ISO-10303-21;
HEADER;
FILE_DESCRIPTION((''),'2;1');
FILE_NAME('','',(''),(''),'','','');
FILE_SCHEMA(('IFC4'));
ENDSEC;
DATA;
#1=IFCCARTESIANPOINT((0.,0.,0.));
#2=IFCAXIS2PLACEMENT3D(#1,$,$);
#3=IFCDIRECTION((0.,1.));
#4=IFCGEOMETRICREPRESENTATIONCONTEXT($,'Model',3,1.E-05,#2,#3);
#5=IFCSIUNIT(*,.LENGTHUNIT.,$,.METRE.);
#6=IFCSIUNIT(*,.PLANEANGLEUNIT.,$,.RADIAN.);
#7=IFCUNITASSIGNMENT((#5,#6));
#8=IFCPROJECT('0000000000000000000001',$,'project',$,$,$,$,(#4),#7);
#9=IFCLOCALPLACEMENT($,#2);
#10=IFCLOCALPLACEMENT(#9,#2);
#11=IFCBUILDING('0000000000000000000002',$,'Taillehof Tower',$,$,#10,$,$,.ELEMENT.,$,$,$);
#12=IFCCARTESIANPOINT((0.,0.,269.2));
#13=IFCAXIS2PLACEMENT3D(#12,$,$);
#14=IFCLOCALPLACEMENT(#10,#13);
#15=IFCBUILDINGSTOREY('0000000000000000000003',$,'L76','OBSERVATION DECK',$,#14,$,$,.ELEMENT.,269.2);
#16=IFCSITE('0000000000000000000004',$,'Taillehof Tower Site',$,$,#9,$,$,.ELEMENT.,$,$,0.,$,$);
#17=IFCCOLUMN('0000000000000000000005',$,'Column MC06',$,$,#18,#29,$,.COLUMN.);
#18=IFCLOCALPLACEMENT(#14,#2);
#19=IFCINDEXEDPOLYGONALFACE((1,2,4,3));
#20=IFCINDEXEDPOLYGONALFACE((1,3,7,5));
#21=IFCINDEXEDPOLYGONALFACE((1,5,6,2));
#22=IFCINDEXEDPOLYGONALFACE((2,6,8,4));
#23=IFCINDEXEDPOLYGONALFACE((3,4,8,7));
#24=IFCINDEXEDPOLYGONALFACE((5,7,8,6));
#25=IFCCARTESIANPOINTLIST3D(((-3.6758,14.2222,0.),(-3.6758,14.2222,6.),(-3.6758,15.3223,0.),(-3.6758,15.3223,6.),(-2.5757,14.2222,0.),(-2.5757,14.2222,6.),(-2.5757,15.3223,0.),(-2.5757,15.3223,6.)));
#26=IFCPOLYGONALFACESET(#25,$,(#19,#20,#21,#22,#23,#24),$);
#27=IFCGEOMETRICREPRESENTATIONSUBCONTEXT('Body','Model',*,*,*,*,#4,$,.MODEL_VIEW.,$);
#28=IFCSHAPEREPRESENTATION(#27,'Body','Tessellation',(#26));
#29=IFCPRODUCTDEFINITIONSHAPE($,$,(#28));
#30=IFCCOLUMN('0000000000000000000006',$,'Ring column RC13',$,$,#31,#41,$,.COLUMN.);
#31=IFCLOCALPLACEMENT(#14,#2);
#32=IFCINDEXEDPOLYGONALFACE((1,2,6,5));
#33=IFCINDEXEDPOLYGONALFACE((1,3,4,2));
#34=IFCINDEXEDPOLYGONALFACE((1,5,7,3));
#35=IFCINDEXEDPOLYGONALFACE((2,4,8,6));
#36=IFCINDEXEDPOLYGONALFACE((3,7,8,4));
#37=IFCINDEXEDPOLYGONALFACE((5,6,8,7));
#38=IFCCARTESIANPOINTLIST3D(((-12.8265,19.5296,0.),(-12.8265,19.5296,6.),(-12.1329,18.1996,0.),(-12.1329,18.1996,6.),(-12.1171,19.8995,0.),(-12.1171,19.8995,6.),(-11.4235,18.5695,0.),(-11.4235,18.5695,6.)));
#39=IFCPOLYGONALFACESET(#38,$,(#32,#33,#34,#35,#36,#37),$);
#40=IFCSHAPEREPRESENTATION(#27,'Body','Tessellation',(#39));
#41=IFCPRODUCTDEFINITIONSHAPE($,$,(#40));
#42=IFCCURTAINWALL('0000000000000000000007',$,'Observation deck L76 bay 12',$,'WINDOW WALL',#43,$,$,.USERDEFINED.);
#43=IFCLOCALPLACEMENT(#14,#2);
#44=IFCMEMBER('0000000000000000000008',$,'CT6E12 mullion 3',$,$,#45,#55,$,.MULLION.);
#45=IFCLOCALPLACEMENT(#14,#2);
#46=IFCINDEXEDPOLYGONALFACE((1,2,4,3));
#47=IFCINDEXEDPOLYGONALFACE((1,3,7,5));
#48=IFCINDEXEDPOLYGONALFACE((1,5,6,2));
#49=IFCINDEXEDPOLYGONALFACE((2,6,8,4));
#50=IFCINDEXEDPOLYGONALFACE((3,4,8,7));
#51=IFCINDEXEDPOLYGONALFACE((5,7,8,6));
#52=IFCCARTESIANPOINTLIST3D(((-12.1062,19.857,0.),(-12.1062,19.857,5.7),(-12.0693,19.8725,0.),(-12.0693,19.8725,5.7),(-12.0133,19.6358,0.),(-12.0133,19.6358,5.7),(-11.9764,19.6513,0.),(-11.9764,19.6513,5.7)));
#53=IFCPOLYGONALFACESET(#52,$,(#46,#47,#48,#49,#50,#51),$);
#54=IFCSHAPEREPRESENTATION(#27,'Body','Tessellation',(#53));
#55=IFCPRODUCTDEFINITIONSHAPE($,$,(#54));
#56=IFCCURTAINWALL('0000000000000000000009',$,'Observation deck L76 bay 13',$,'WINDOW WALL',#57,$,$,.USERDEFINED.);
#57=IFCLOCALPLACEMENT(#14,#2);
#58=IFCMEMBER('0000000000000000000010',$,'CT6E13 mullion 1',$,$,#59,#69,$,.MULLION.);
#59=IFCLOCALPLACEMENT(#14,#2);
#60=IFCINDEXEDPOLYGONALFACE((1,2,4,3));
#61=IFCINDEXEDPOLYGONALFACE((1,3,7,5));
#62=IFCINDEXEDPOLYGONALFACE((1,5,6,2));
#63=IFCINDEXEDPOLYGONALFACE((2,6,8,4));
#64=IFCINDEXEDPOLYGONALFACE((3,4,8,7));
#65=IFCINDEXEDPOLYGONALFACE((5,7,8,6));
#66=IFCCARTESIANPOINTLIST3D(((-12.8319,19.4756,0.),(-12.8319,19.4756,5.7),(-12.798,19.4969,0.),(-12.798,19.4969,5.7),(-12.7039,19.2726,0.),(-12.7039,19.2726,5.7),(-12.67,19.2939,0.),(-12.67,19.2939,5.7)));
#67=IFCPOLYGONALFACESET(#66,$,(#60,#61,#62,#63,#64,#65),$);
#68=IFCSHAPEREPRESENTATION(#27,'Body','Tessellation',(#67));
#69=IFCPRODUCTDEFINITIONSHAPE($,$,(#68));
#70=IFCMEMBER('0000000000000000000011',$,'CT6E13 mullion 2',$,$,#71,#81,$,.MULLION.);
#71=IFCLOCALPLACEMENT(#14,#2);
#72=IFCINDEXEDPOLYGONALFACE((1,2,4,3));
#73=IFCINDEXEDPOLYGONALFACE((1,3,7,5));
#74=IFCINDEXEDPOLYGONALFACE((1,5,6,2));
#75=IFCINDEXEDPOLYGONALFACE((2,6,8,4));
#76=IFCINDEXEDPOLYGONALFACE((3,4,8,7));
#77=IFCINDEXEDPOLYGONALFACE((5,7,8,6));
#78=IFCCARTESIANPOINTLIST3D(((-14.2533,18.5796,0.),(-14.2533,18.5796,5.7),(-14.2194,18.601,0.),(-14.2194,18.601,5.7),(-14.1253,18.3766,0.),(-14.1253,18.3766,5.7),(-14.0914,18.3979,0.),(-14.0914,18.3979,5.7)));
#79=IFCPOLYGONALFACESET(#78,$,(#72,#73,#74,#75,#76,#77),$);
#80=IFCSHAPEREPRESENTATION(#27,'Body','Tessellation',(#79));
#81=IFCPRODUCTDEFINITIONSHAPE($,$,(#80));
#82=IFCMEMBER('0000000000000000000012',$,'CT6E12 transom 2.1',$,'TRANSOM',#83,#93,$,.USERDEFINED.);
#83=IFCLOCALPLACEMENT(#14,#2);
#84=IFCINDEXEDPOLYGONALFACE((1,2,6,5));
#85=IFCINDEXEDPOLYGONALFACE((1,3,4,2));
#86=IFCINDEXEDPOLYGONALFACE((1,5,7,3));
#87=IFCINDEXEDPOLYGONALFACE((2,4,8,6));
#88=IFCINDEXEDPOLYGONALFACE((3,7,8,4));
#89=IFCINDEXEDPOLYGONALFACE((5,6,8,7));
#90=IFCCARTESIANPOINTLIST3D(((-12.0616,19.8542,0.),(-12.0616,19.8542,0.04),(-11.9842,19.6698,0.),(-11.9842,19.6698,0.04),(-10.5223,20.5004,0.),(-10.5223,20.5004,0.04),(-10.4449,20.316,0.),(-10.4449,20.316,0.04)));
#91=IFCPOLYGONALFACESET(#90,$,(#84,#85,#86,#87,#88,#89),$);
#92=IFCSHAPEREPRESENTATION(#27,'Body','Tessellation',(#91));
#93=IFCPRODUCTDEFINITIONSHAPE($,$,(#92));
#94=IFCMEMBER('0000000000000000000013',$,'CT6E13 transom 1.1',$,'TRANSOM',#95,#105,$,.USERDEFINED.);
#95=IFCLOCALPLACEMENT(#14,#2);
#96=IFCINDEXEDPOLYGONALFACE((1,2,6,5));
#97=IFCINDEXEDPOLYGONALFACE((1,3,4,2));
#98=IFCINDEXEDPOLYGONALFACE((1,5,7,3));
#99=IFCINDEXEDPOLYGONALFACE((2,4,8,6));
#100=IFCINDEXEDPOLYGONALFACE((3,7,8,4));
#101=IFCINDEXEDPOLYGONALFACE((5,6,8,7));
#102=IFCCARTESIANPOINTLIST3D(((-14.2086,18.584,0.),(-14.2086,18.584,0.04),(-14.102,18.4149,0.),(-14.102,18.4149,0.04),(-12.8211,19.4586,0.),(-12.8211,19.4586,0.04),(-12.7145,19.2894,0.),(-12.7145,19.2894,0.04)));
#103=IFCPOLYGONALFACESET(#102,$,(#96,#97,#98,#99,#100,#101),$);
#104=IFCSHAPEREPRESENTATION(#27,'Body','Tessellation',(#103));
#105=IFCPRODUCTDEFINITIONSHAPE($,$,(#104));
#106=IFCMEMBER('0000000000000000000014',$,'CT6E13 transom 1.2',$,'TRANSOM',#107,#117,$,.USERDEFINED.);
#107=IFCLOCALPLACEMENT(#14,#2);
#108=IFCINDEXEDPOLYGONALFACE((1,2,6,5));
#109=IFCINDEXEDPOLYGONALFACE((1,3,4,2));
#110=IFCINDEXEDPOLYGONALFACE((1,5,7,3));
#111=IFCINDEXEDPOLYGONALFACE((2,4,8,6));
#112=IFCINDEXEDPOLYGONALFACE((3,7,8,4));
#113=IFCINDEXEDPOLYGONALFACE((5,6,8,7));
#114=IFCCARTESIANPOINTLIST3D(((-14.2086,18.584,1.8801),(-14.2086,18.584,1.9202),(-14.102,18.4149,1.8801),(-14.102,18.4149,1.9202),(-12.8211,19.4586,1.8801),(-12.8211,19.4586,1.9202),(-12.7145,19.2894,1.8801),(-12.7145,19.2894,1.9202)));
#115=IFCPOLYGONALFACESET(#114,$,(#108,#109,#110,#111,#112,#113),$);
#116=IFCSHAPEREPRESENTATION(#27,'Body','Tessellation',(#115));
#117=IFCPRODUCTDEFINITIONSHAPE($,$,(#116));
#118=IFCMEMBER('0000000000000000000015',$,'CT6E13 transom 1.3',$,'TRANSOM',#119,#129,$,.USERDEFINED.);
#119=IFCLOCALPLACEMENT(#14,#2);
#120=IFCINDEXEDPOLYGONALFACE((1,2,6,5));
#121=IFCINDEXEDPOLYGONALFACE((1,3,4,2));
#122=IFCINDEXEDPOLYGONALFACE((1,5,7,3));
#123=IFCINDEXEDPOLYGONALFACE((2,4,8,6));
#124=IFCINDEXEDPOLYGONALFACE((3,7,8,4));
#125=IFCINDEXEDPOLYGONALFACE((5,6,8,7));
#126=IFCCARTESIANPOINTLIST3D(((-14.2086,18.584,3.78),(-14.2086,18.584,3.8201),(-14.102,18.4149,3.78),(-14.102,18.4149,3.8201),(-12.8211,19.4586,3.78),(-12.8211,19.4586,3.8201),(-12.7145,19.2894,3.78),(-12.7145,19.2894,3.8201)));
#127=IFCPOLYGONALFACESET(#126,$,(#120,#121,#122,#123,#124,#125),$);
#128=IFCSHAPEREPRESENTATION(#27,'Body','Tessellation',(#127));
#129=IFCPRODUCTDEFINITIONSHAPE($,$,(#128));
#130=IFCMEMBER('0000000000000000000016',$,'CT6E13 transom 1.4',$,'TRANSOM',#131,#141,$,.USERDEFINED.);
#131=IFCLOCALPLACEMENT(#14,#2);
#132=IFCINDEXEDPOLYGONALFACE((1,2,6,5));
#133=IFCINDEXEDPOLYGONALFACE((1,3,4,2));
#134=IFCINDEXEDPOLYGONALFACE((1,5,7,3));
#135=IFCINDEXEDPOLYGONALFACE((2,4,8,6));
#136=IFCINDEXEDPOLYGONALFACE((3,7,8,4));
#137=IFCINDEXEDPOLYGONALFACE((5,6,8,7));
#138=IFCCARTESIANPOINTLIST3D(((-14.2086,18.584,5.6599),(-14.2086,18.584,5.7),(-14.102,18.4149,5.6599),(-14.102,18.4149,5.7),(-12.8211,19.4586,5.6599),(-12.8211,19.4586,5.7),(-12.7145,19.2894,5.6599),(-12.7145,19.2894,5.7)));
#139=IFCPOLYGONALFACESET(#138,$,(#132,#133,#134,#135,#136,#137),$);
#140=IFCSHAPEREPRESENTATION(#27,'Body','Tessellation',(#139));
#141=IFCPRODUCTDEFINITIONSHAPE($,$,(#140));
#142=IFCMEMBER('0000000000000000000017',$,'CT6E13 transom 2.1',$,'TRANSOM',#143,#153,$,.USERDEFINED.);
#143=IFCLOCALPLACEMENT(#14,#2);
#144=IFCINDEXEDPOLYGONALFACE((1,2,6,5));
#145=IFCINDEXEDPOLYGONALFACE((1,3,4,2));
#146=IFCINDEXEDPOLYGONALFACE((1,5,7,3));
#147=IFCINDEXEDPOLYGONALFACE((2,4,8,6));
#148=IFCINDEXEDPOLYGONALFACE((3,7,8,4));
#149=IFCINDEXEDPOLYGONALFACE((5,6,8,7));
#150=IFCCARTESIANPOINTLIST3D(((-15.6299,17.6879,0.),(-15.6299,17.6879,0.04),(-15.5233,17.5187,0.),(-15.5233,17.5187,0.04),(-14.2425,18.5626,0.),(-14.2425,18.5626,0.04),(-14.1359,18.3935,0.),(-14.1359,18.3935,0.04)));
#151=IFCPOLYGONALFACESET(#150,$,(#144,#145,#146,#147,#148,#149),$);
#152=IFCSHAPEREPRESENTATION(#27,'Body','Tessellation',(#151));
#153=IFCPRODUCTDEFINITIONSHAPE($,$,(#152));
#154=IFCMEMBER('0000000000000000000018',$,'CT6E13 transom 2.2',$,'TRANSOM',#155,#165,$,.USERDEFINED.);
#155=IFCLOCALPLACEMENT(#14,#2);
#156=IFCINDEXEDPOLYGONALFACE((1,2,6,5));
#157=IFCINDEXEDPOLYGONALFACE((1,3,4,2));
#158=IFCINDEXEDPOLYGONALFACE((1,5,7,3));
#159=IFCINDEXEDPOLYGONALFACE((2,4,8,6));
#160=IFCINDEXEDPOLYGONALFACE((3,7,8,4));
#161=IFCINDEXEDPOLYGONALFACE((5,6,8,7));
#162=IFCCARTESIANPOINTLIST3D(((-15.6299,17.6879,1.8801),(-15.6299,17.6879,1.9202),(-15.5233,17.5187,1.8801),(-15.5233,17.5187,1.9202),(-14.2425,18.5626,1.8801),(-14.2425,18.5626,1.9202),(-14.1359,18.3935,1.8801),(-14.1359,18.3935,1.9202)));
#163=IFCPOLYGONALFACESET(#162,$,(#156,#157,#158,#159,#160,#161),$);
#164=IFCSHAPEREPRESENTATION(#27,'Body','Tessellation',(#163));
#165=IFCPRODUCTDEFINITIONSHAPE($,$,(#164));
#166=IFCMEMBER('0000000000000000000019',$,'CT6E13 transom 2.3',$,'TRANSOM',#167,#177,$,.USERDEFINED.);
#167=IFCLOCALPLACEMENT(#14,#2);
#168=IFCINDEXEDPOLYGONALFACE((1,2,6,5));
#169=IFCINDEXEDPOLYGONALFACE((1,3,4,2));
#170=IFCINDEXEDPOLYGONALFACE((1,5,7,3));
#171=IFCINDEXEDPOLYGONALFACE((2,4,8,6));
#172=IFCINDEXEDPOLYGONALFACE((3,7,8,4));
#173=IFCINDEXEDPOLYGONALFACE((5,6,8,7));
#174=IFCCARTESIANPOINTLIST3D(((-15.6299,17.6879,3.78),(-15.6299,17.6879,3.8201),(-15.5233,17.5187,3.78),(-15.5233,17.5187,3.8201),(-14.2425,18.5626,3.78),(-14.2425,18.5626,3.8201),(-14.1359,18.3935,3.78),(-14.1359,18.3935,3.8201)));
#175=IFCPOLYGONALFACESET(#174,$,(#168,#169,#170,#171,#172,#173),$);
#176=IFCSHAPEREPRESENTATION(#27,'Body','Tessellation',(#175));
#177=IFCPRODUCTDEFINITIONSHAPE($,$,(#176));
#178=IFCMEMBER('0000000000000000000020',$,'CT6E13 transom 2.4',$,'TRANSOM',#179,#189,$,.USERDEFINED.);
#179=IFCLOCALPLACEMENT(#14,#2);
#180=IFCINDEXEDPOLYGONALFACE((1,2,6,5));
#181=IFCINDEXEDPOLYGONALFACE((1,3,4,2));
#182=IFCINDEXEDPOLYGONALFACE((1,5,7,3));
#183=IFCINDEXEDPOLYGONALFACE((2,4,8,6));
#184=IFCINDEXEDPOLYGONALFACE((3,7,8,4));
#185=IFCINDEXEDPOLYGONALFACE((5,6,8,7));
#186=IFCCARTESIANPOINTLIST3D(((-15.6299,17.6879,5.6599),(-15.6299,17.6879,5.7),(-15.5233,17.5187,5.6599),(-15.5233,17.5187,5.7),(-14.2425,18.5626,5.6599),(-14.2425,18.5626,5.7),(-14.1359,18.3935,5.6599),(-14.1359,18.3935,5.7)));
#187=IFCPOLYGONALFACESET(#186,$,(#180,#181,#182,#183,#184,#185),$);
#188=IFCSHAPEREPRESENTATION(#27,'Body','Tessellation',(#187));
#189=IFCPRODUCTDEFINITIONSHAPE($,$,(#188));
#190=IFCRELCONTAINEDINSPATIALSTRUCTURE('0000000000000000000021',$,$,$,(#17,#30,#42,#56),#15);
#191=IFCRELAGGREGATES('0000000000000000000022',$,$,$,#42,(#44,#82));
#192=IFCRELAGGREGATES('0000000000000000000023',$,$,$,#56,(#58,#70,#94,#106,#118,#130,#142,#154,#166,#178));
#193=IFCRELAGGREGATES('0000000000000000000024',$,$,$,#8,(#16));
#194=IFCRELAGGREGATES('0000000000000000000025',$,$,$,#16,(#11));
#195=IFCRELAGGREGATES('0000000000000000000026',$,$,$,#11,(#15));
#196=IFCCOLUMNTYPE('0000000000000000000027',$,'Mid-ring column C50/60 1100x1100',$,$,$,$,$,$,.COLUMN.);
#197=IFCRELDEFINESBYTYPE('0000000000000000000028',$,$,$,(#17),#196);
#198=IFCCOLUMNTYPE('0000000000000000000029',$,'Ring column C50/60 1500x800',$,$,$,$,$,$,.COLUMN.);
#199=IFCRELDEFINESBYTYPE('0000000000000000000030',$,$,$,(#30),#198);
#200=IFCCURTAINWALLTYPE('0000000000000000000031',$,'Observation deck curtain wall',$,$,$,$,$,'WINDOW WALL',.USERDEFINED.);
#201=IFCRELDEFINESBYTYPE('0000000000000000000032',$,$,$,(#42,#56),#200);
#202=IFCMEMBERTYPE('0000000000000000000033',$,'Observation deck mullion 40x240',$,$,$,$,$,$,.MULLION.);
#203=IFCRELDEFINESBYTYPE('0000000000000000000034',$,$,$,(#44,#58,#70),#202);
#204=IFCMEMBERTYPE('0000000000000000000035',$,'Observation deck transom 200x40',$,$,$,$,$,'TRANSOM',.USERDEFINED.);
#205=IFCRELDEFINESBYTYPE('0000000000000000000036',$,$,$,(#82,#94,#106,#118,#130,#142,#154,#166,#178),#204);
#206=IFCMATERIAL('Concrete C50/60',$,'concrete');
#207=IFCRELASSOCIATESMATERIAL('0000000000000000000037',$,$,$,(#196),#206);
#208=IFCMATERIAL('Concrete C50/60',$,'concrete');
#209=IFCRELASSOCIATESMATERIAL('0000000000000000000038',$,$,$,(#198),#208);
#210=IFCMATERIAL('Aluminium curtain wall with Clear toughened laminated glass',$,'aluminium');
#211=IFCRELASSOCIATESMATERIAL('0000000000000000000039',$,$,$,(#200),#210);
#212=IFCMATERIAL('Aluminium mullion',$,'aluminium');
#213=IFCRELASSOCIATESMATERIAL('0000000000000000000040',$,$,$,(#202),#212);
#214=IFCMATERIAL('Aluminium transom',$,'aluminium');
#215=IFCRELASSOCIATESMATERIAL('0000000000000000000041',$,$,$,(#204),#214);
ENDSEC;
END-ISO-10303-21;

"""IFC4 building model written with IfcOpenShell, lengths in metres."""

from ifc_helpers import new_model, si_unit, direction, frame, origin, origin_2d, place, context, subcontext, project, spatial, rectangle, extrude, material, material_profile, profile_set, type_object, element, aggregate, save


model = new_model("IFC4")

# Units and contexts
model_context = context("Model", 3, precision=1e-05, world=origin(), true_north=direction((0.0, 1.0)))
body_context = subcontext(model_context, "Body", "Model", "MODEL_VIEW")
ifc_project = project(units=[si_unit("LENGTHUNIT", "METRE"), si_unit("PLANEANGLEUNIT", "RADIAN")], contexts=[model_context])

# Site, building, storey
site_placement = place(None, origin())
site = spatial("IfcSite", under=ifc_project, at=site_placement, Name="Taillehof Tower Site", CompositionType="ELEMENT", RefElevation=0.0)
building_placement = place(site_placement, origin())
building = spatial("IfcBuilding", under=site, at=building_placement, Name="Taillehof Tower", CompositionType="ELEMENT")
storey_placement = place(building_placement, frame((0.0, 0.0, 269.2)))
storey = spatial("IfcBuildingStorey", under=building, at=storey_placement, Name="L76", Description="OBSERVATION DECK", CompositionType="ELEMENT", Elevation=269.2)

# Columns
ifc_material_1 = material(Name="Concrete C50/60", Category="concrete")
ifc_material_profile_1 = material_profile(ifc_material_1, rectangle(XDim=1.1001, YDim=1.1001, at=origin_2d()), Name="RC 1100x1100")
ifc_profile_set_1 = profile_set([ifc_material_profile_1], Name="Concrete C50/60")
column_type_1 = type_object("IfcColumnType", Name="Mid-ring column C50/60 1100x1100", PredefinedType="COLUMN", material=ifc_profile_set_1)
column_1_placement = place(storey_placement, frame((-3.1257, 14.7722, 0.0), z_axis=(0.0, 0.0, 1.0), x_axis=(1.0, 0.0, 0.0)))
element("IfcColumn", 1, at=column_1_placement, inside=storey, type_object=column_type_1, Name="Column MC06", PredefinedType="COLUMN", context=body_context, shape_type="SweptSolid", body=[
    extrude(rectangle(XDim=1.1001, YDim=1.1001, at=origin_2d()), origin(), (0.0, 0.0, 1.0), 6.0),
])
ifc_material_2 = material(Name="Concrete C50/60", Category="concrete")
ifc_material_profile_2 = material_profile(ifc_material_2, rectangle(XDim=1.5, YDim=0.8, at=origin_2d()), Name="RC 1500x800")
ifc_profile_set_2 = profile_set([ifc_material_profile_2], Name="Concrete C50/60")
column_type_2 = type_object("IfcColumnType", Name="Ring column C50/60 1500x800", PredefinedType="COLUMN", material=ifc_profile_set_2)
column_2_placement = place(storey_placement, frame((-12.125, 19.0496, 0.0), z_axis=(0.0, 0.0, 1.0), x_axis=(-0.462384, 0.88668, 0.0)))
element("IfcColumn", 2, at=column_2_placement, inside=storey, type_object=column_type_2, Name="Ring column RC13", PredefinedType="COLUMN", context=body_context, shape_type="SweptSolid", body=[
    extrude(rectangle(XDim=1.5, YDim=0.8, at=origin_2d()), origin(), (0.0, 0.0, 1.0), 6.0),
])

# Curtain wall, member
ifc_material_3 = material(Name="Aluminium curtain wall with Clear toughened laminated glass", Category="aluminium")
curtain_wall_type = type_object("IfcCurtainWallType", Name="Observation deck curtain wall", ElementType="WINDOW WALL", PredefinedType="USERDEFINED", material=ifc_material_3)
curtain_wall_1_placement = place(storey_placement, origin())
curtain_wall_1 = element("IfcCurtainWall", 3, at=curtain_wall_1_placement, inside=storey, type_object=curtain_wall_type, Name="Observation deck L76 bay 12", ObjectType="WINDOW WALL", PredefinedType="USERDEFINED")
ifc_material_4 = material(Name="Aluminium mullion", Category="aluminium")
ifc_material_profile_3 = material_profile(ifc_material_4, rectangle(XDim=0.24, YDim=0.04, at=origin_2d()), Name="AL 40x240")
ifc_profile_set_3 = profile_set([ifc_material_profile_3], Name="Aluminium mullion")
member_type_1 = type_object("IfcMemberType", Name="Observation deck mullion 40x240", PredefinedType="MULLION", material=ifc_profile_set_3)
member_1_placement = place(storey_placement, frame((-12.0413, 19.7542, 0.0), z_axis=(0.0, 0.0, 1.0), x_axis=(0.387101, -0.922037, 0.0)))
member_1 = element("IfcMember", 4, at=member_1_placement, type_object=member_type_1, Name="CT6E12 mullion 3", PredefinedType="MULLION", context=body_context, shape_type="SweptSolid", body=[
    extrude(rectangle(XDim=0.24, YDim=0.04, at=origin_2d()), origin(), (0.0, 0.0, 1.0), 5.7),
])

# Curtain wall, members
curtain_wall_2_placement = place(storey_placement, origin())
curtain_wall_2 = element("IfcCurtainWall", 5, at=curtain_wall_2_placement, inside=storey, type_object=curtain_wall_type, Name="Observation deck L76 bay 13", ObjectType="WINDOW WALL", PredefinedType="USERDEFINED")
member_2_placement = place(storey_placement, frame((-12.751, 19.3848, 0.0), z_axis=(0.0, 0.0, 1.0), x_axis=(0.533294, -0.84593, 0.0)))
member_2 = element("IfcMember", 6, at=member_2_placement, type_object=member_type_1, Name="CT6E13 mullion 1", PredefinedType="MULLION", context=body_context, shape_type="SweptSolid", body=[
    extrude(rectangle(XDim=0.24, YDim=0.04, at=origin_2d()), origin(), (0.0, 0.0, 1.0), 5.7),
])
member_3_placement = place(storey_placement, frame((-14.1724, 18.4888, 0.0), z_axis=(0.0, 0.0, 1.0), x_axis=(0.533294, -0.84593, 0.0)))
member_3 = element("IfcMember", 7, at=member_3_placement, type_object=member_type_1, Name="CT6E13 mullion 2", PredefinedType="MULLION", context=body_context, shape_type="SweptSolid", body=[
    extrude(rectangle(XDim=0.24, YDim=0.04, at=origin_2d()), origin(), (0.0, 0.0, 1.0), 5.7),
])

# Members
ifc_material_5 = material(Name="Aluminium transom", Category="aluminium")
ifc_material_profile_4 = material_profile(ifc_material_5, rectangle(XDim=0.2, YDim=0.04, at=origin_2d()), Name="AL 200x40")
ifc_profile_set_4 = profile_set([ifc_material_profile_4], Name="Aluminium transom")
member_type_2 = type_object("IfcMemberType", Name="Observation deck transom 200x40", ElementType="TRANSOM", PredefinedType="USERDEFINED", material=ifc_profile_set_4)
member_4_placement = place(storey_placement, frame((-10.4836, 20.4082, 0.02), z_axis=(-0.92204, -0.387096, 0.0), x_axis=(0.387096, -0.92204, 0.0)))
member_4 = element("IfcMember", 8, at=member_4_placement, type_object=member_type_2, Name="CT6E12 transom 2.1", ObjectType="TRANSOM", PredefinedType="USERDEFINED", context=body_context, shape_type="SweptSolid", body=[
    extrude(rectangle(XDim=0.2, YDim=0.04, at=origin_2d()), origin(), (0.0, 0.0, 1.0), 1.6694),
])
member_5_placement = place(storey_placement, frame((-12.7678, 19.374, 0.02), z_axis=(-0.845977, -0.53322, 0.0), x_axis=(0.53322, -0.845977, 0.0)))
member_5 = element("IfcMember", 9, at=member_5_placement, type_object=member_type_2, Name="CT6E13 transom 1.1", ObjectType="TRANSOM", PredefinedType="USERDEFINED", context=body_context, shape_type="SweptSolid", body=[
    extrude(rectangle(XDim=0.2, YDim=0.04, at=origin_2d()), origin(), (0.0, 0.0, 1.0), 1.6401),
])
member_6_placement = place(storey_placement, frame((-12.7678, 19.374, 1.9001), z_axis=(-0.845977, -0.53322, 0.0), x_axis=(0.53322, -0.845977, 0.0)))
member_6 = element("IfcMember", 10, at=member_6_placement, type_object=member_type_2, Name="CT6E13 transom 1.2", ObjectType="TRANSOM", PredefinedType="USERDEFINED", context=body_context, shape_type="SweptSolid", body=[
    extrude(rectangle(XDim=0.2, YDim=0.04, at=origin_2d()), origin(), (0.0, 0.0, 1.0), 1.6401),
])
member_7_placement = place(storey_placement, frame((-12.7678, 19.374, 3.8), z_axis=(-0.845977, -0.53322, 0.0), x_axis=(0.53322, -0.845977, 0.0)))
member_7 = element("IfcMember", 11, at=member_7_placement, type_object=member_type_2, Name="CT6E13 transom 1.3", ObjectType="TRANSOM", PredefinedType="USERDEFINED", context=body_context, shape_type="SweptSolid", body=[
    extrude(rectangle(XDim=0.2, YDim=0.04, at=origin_2d()), origin(), (0.0, 0.0, 1.0), 1.6401),
])
member_8_placement = place(storey_placement, frame((-12.7678, 19.374, 5.6799), z_axis=(-0.845977, -0.53322, 0.0), x_axis=(0.53322, -0.845977, 0.0)))
member_8 = element("IfcMember", 12, at=member_8_placement, type_object=member_type_2, Name="CT6E13 transom 1.4", ObjectType="TRANSOM", PredefinedType="USERDEFINED", context=body_context, shape_type="SweptSolid", body=[
    extrude(rectangle(XDim=0.2, YDim=0.04, at=origin_2d()), origin(), (0.0, 0.0, 1.0), 1.6401),
])
member_9_placement = place(storey_placement, frame((-14.1892, 18.478, 0.02), z_axis=(-0.84591, -0.533326, 0.0), x_axis=(0.533326, -0.84591, 0.0)))
member_9 = element("IfcMember", 13, at=member_9_placement, type_object=member_type_2, Name="CT6E13 transom 2.1", ObjectType="TRANSOM", PredefinedType="USERDEFINED", context=body_context, shape_type="SweptSolid", body=[
    extrude(rectangle(XDim=0.2, YDim=0.04, at=origin_2d()), origin(), (0.0, 0.0, 1.0), 1.6401),
])
member_10_placement = place(storey_placement, frame((-14.1892, 18.478, 1.9001), z_axis=(-0.84591, -0.533326, 0.0), x_axis=(0.533326, -0.84591, 0.0)))
member_10 = element("IfcMember", 14, at=member_10_placement, type_object=member_type_2, Name="CT6E13 transom 2.2", ObjectType="TRANSOM", PredefinedType="USERDEFINED", context=body_context, shape_type="SweptSolid", body=[
    extrude(rectangle(XDim=0.2, YDim=0.04, at=origin_2d()), origin(), (0.0, 0.0, 1.0), 1.6401),
])
member_11_placement = place(storey_placement, frame((-14.1892, 18.478, 3.8), z_axis=(-0.84591, -0.533326, 0.0), x_axis=(0.533326, -0.84591, 0.0)))
member_11 = element("IfcMember", 15, at=member_11_placement, type_object=member_type_2, Name="CT6E13 transom 2.3", ObjectType="TRANSOM", PredefinedType="USERDEFINED", context=body_context, shape_type="SweptSolid", body=[
    extrude(rectangle(XDim=0.2, YDim=0.04, at=origin_2d()), origin(), (0.0, 0.0, 1.0), 1.6401),
])
member_12_placement = place(storey_placement, frame((-14.1892, 18.478, 5.6799), z_axis=(-0.84591, -0.533326, 0.0), x_axis=(0.533326, -0.84591, 0.0)))
member_12 = element("IfcMember", 16, at=member_12_placement, type_object=member_type_2, Name="CT6E13 transom 2.4", ObjectType="TRANSOM", PredefinedType="USERDEFINED", context=body_context, shape_type="SweptSolid", body=[
    extrude(rectangle(XDim=0.2, YDim=0.04, at=origin_2d()), origin(), (0.0, 0.0, 1.0), 1.6401),
])

aggregate(curtain_wall_1, [member_1, member_4])
aggregate(curtain_wall_2, [member_2, member_3, member_5, member_6, member_7, member_8, member_9, member_10, member_11, member_12])

save(model, "model.ifc")
